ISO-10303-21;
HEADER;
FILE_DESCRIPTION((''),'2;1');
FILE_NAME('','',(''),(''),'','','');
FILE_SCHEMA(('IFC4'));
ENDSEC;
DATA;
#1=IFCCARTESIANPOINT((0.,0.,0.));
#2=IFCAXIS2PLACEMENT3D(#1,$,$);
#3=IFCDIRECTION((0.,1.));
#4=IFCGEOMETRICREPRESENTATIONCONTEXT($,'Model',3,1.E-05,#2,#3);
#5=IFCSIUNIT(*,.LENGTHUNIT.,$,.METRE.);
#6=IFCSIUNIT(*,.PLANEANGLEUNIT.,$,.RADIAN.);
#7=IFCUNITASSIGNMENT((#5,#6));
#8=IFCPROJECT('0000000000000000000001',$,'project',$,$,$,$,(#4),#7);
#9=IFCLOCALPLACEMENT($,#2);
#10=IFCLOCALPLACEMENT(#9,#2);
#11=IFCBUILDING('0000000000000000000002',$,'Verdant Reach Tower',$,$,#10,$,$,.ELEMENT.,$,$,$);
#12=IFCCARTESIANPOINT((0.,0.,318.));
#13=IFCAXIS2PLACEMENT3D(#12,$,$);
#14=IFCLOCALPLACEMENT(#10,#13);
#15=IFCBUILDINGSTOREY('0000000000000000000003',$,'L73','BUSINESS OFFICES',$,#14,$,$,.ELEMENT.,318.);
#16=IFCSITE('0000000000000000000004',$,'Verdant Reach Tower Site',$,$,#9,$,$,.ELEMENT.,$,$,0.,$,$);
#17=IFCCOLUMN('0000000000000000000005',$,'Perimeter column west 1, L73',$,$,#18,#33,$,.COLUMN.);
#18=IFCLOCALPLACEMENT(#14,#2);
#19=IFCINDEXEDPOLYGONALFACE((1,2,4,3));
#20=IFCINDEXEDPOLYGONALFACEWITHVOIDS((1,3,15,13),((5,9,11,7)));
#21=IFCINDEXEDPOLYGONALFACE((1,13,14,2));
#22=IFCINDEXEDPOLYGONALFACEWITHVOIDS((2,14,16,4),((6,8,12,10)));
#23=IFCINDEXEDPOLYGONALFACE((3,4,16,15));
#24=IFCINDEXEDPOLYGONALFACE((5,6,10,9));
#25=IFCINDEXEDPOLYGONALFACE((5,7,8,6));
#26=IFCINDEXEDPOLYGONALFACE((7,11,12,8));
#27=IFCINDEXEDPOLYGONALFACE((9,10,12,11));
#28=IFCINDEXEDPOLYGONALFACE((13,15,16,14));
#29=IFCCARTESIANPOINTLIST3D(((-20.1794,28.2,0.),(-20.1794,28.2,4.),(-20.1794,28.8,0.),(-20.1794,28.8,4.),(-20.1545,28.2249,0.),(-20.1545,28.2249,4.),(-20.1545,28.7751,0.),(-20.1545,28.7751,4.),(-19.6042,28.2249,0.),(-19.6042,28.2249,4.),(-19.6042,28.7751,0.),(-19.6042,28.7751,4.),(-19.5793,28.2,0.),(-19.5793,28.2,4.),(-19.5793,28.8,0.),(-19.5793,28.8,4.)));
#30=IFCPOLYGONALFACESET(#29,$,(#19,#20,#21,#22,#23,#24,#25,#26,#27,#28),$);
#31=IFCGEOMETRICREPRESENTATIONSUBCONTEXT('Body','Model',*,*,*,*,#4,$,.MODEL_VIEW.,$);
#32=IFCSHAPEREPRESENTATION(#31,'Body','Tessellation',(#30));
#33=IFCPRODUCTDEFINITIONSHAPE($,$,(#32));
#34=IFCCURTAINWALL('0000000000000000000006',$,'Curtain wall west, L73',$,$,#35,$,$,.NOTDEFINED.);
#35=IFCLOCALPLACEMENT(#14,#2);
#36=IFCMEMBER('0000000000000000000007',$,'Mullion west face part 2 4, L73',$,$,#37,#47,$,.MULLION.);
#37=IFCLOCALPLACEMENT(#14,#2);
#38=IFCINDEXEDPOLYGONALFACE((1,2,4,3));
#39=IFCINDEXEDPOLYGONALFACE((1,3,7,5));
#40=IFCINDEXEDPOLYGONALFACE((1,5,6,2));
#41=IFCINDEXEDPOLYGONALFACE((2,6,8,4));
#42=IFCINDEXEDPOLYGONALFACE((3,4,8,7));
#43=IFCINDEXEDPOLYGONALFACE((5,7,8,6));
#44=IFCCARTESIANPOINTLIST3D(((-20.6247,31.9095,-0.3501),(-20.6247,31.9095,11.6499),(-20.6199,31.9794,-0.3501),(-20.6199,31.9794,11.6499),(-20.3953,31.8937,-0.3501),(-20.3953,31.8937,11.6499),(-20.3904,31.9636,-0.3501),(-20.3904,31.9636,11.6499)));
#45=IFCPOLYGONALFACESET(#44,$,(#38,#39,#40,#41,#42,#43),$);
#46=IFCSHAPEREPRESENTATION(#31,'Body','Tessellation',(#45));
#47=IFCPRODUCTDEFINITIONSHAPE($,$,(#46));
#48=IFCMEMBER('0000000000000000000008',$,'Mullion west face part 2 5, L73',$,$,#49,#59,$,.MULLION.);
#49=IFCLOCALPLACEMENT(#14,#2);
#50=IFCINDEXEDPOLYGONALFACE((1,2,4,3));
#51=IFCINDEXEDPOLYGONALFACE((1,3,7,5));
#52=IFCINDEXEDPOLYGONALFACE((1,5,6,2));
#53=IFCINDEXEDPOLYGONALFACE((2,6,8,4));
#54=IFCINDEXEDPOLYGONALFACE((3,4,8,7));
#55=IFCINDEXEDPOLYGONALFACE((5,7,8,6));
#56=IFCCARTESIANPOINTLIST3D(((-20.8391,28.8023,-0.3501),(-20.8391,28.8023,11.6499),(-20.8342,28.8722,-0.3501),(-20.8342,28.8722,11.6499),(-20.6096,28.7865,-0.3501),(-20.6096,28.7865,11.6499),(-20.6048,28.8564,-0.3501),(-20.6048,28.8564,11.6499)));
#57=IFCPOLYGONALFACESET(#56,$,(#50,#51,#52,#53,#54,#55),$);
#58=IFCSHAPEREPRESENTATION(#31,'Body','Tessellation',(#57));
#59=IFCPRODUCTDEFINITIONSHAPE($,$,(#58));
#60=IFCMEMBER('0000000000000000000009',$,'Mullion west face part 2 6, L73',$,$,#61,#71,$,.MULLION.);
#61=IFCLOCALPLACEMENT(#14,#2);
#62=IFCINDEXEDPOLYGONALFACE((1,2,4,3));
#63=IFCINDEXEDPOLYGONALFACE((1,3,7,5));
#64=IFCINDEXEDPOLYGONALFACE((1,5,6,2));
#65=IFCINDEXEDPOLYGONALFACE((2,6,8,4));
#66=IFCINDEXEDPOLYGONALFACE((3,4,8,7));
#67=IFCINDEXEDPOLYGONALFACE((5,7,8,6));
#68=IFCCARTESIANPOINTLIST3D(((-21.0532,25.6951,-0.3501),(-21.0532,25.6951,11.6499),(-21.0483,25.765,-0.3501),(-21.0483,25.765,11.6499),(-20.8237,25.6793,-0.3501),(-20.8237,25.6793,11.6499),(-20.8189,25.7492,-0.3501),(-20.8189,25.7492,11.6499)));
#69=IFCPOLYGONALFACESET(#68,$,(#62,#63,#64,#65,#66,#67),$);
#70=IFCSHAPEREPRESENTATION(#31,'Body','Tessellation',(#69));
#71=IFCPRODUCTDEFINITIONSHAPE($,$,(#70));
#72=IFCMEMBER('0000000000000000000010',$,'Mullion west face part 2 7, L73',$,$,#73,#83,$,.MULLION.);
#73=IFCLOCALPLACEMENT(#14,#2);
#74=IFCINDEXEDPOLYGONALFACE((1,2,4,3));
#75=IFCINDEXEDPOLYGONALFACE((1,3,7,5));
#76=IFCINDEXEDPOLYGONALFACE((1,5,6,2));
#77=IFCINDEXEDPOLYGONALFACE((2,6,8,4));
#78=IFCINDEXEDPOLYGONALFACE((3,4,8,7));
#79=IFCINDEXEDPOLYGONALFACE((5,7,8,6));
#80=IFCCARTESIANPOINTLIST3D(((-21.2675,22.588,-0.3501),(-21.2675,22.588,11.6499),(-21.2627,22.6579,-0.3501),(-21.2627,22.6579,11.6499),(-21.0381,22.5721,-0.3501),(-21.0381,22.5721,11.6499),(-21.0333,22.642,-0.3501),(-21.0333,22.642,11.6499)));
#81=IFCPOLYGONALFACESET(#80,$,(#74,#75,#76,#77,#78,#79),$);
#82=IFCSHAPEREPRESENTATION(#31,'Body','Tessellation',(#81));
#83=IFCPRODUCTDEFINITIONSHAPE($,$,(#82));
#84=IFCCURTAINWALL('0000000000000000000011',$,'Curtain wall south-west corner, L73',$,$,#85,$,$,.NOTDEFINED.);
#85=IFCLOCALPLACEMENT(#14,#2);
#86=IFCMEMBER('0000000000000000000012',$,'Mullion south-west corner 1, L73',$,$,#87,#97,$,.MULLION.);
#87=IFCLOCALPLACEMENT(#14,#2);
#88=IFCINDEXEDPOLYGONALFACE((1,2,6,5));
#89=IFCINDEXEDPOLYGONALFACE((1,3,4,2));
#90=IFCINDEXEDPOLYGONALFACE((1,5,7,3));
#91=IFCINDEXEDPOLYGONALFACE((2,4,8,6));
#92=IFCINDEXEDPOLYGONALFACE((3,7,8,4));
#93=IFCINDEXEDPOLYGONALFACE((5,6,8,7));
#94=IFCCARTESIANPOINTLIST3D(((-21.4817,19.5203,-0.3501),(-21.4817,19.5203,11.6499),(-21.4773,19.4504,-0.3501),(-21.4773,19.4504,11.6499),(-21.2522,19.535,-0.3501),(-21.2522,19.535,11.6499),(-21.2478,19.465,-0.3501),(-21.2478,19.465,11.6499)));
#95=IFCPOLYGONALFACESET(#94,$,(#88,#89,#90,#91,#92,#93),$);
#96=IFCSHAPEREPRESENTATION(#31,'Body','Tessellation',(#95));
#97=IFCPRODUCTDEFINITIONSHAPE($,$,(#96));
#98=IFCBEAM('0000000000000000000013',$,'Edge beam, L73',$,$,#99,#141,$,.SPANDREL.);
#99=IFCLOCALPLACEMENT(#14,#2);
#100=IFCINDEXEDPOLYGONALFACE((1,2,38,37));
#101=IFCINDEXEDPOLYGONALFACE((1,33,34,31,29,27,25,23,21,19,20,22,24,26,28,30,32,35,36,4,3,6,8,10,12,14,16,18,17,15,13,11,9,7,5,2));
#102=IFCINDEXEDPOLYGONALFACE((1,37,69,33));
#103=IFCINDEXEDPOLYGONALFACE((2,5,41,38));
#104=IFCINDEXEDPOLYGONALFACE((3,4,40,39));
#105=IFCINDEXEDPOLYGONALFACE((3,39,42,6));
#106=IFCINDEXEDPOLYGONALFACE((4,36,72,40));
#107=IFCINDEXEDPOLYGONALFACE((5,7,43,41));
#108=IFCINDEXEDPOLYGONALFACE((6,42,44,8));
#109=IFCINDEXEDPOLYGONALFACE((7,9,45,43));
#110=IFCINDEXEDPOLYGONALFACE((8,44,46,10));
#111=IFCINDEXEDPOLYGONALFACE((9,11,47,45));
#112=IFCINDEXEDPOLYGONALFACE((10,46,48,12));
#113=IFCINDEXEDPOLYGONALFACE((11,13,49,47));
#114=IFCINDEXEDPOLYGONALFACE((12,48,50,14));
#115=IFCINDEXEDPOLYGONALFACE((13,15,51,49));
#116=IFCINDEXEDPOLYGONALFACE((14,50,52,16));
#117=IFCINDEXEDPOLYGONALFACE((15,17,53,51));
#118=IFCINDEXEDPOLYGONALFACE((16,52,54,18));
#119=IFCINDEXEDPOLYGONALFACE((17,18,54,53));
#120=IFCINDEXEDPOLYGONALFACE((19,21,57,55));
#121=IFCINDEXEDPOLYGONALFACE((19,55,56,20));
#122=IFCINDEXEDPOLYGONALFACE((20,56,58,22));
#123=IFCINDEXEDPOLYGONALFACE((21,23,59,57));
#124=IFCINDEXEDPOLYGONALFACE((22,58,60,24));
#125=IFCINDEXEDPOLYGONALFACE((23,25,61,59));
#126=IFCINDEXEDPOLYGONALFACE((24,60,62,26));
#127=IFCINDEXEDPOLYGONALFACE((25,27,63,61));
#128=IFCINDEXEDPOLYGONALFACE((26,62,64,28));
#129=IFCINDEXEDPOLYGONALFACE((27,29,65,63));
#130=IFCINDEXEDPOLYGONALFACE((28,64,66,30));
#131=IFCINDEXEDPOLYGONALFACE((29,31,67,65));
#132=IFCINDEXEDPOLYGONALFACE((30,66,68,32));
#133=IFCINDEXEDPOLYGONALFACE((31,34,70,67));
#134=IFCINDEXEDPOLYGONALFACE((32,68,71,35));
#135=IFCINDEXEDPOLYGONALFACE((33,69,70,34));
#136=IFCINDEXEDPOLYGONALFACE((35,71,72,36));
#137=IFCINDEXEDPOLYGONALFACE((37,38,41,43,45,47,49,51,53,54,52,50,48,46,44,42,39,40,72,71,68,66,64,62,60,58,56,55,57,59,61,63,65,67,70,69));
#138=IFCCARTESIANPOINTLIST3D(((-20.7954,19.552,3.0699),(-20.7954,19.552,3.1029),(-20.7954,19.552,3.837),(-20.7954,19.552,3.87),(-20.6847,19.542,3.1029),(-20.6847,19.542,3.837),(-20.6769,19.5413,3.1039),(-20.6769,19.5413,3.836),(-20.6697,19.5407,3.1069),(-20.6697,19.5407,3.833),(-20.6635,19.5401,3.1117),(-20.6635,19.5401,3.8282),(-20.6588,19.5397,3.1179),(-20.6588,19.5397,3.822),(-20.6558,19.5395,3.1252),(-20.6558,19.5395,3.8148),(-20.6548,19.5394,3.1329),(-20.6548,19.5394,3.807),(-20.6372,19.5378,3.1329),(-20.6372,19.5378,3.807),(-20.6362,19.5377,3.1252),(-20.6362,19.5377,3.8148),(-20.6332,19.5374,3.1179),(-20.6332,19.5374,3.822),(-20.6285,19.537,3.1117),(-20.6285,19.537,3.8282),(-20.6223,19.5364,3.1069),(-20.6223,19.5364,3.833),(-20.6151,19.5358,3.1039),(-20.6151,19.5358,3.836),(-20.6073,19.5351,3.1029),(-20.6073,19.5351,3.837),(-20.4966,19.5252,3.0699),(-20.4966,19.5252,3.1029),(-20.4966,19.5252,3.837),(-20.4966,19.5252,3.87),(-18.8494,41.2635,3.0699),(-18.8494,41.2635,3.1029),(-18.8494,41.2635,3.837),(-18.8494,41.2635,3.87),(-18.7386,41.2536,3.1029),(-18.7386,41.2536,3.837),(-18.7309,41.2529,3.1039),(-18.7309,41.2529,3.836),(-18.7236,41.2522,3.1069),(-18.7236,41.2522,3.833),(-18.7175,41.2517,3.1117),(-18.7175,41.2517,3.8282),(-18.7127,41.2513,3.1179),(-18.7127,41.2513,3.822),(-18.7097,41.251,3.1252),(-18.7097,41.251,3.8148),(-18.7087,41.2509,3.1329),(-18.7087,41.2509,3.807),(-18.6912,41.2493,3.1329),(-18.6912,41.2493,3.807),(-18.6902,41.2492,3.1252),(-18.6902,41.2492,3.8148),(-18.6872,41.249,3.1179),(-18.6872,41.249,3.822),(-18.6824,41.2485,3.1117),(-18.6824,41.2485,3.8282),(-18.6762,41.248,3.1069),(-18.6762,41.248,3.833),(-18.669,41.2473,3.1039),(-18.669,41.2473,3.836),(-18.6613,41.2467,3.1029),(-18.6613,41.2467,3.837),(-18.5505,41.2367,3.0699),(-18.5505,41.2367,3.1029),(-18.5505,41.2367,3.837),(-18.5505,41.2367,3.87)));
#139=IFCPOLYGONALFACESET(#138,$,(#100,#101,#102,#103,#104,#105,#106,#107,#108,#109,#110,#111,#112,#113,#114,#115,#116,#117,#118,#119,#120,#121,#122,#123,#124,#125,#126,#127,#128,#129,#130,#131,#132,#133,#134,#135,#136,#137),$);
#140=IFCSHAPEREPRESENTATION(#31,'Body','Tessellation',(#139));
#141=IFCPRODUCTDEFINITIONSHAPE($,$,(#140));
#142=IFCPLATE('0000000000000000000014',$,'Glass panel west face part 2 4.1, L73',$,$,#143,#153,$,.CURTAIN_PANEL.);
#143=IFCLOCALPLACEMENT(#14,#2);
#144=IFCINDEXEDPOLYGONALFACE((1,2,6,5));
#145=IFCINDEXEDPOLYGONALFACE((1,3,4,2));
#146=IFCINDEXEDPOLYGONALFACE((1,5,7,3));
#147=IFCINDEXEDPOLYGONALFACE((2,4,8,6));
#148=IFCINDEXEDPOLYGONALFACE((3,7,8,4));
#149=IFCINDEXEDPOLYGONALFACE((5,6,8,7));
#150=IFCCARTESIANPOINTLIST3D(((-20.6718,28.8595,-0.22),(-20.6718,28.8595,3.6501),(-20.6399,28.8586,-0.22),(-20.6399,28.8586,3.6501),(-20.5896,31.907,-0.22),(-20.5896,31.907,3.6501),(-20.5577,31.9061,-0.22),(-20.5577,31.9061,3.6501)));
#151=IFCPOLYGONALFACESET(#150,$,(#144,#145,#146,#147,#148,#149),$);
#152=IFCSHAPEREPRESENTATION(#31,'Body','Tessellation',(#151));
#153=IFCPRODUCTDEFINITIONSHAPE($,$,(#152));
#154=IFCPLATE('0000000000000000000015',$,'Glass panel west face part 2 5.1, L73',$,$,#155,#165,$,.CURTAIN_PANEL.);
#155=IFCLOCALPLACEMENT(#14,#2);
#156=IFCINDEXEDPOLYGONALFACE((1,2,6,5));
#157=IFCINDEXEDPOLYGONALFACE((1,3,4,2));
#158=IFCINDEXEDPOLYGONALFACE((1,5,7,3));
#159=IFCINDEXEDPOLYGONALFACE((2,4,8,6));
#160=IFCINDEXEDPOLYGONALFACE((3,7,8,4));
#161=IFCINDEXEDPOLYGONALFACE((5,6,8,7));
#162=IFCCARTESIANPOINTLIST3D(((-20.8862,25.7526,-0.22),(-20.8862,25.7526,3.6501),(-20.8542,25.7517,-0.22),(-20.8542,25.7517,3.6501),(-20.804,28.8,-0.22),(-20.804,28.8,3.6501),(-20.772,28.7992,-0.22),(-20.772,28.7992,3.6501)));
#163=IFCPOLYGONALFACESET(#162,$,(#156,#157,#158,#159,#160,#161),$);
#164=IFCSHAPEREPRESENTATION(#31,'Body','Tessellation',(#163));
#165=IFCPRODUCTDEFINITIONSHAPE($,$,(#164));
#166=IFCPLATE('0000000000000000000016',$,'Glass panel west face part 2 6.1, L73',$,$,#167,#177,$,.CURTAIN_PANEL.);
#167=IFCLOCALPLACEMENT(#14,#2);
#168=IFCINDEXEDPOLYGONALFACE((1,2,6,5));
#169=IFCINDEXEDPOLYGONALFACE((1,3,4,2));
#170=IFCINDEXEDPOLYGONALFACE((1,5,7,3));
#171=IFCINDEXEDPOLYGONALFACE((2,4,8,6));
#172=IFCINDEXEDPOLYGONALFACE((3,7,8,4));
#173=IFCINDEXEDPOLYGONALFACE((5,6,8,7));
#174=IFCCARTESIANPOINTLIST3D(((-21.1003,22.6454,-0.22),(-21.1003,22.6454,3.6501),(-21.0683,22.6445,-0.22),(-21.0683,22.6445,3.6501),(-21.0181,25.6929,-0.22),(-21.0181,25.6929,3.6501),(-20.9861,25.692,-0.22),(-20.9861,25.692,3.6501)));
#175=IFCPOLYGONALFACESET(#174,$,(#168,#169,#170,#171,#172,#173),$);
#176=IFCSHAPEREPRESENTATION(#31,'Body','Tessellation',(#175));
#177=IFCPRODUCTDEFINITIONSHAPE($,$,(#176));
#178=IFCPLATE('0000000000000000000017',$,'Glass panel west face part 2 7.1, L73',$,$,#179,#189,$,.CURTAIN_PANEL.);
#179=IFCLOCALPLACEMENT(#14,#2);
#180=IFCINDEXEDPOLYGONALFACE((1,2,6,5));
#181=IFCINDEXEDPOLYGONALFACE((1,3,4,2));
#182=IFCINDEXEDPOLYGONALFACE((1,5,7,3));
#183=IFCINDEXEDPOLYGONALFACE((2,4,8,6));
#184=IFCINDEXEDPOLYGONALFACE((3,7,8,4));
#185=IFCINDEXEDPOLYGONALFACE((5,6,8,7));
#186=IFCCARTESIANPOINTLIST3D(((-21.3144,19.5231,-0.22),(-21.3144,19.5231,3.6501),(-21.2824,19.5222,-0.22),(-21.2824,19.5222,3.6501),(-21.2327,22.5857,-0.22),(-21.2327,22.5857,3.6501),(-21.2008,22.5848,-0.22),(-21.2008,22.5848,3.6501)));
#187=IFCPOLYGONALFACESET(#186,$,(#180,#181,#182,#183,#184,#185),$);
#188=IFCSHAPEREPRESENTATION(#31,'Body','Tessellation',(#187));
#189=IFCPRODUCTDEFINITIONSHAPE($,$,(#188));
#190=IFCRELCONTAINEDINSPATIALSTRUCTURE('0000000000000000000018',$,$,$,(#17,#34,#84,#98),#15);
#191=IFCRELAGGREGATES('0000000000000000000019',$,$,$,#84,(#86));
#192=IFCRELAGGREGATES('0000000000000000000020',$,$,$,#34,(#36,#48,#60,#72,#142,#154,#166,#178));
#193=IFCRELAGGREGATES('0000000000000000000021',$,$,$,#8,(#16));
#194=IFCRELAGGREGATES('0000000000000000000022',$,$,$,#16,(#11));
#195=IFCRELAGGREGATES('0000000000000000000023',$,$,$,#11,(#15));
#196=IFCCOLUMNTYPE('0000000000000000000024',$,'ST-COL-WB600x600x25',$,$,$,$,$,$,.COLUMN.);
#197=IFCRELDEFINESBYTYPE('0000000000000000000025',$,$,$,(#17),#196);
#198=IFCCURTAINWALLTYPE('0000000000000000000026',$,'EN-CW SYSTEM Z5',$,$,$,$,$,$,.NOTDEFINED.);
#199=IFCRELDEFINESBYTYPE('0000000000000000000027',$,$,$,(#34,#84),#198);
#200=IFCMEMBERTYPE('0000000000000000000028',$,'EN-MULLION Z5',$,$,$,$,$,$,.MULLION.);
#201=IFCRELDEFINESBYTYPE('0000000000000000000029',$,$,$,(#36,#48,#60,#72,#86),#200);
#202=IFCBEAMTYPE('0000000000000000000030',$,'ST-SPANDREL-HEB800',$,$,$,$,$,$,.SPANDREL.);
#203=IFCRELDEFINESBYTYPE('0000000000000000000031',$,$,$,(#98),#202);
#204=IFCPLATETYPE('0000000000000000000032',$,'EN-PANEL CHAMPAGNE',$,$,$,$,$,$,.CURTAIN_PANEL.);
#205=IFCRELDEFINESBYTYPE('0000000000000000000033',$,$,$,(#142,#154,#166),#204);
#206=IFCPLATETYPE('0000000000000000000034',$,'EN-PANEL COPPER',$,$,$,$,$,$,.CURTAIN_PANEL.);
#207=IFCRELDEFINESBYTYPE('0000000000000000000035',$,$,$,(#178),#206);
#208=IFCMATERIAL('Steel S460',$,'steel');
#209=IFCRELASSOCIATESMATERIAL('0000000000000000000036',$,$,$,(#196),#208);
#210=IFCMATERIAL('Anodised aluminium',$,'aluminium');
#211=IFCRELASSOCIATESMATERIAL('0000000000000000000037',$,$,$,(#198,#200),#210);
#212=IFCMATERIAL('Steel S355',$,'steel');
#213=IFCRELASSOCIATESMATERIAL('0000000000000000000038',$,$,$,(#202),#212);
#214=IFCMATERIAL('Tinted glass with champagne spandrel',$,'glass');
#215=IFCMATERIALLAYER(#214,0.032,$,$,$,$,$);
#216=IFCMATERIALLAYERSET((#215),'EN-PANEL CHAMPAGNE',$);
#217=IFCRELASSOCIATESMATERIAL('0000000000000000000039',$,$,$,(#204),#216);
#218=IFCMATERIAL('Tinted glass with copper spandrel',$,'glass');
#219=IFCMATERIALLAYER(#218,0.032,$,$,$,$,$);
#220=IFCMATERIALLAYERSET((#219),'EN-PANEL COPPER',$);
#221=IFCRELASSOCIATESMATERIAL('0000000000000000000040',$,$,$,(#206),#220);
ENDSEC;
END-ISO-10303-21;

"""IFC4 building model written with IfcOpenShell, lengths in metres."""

from ifc_helpers import new_model, si_unit, direction, frame, origin, origin_2d, place, context, subcontext, project, spatial, rectangle, hollow_rectangle, i_section, extrude, material, layer, layer_set, material_profile, profile_set, type_object, element, aggregate, save


model = new_model("IFC4")

# Units and contexts
model_context = context("Model", 3, precision=1e-05, world=origin(), true_north=direction((0.0, 1.0)))
body_context = subcontext(model_context, "Body", "Model", "MODEL_VIEW")
ifc_project = project(units=[si_unit("LENGTHUNIT", "METRE"), si_unit("PLANEANGLEUNIT", "RADIAN")], contexts=[model_context])

# Site, building, storey
site_placement = place(None, origin())
site = spatial("IfcSite", under=ifc_project, at=site_placement, Name="Verdant Reach Tower Site", CompositionType="ELEMENT", RefElevation=0.0)
building_placement = place(site_placement, origin())
building = spatial("IfcBuilding", under=site, at=building_placement, Name="Verdant Reach Tower", CompositionType="ELEMENT")
storey_placement = place(building_placement, frame((0.0, 0.0, 318.0)))
storey = spatial("IfcBuildingStorey", under=building, at=storey_placement, Name="L73", Description="BUSINESS OFFICES", CompositionType="ELEMENT", Elevation=318.0)

# Column
ifc_material_1 = material(Name="Steel S460", Category="steel")
ifc_material_profile_1 = material_profile(ifc_material_1, hollow_rectangle(XDim=0.6001, YDim=0.6001, WallThickness=0.0249, at=origin_2d()), Name="WB 600x600x25")
ifc_profile_set_1 = profile_set([ifc_material_profile_1], Name="Steel S460")
column_type = type_object("IfcColumnType", Name="ST-COL-WB600x600x25", PredefinedType="COLUMN", material=ifc_profile_set_1)
column_placement = place(storey_placement, frame((-19.8794, 28.5, 0.0), z_axis=(0.0, 0.0, 1.0), x_axis=(1.0, 0.0, 0.0)))
element("IfcColumn", 1, at=column_placement, inside=storey, type_object=column_type, Name="Perimeter column west 1, L73", PredefinedType="COLUMN", context=body_context, shape_type="SweptSolid", body=[
    extrude(hollow_rectangle(XDim=0.6001, YDim=0.6001, WallThickness=0.0249, at=origin_2d()), origin(), (0.0, 0.0, 1.0), 4.0),
])

# Curtain wall, members
ifc_material_2 = material(Name="Anodised aluminium", Category="aluminium")
curtain_wall_type = type_object("IfcCurtainWallType", Name="EN-CW SYSTEM Z5", PredefinedType="NOTDEFINED", material=ifc_material_2)
curtain_wall_1_placement = place(storey_placement, origin())
curtain_wall_1 = element("IfcCurtainWall", 2, at=curtain_wall_1_placement, inside=storey, type_object=curtain_wall_type, Name="Curtain wall west, L73", PredefinedType="NOTDEFINED")
ifc_material_profile_2 = material_profile(ifc_material_2, rectangle(XDim=0.23, YDim=0.0701, at=origin_2d()), Name="Mullion 70x230")
ifc_profile_set_2 = profile_set([ifc_material_profile_2], Name="Anodised aluminium")
member_type = type_object("IfcMemberType", Name="EN-MULLION Z5", PredefinedType="MULLION", material=ifc_profile_set_2)
member_1_placement = place(storey_placement, frame((-20.5076, 31.9365, -0.3501), z_axis=(0.0, 0.0, 1.0), x_axis=(-0.99763, 0.068802, 0.0)))
member_1 = element("IfcMember", 3, at=member_1_placement, type_object=member_type, Name="Mullion west face part 2 4, L73", PredefinedType="MULLION", context=body_context, shape_type="SweptSolid", body=[
    extrude(rectangle(XDim=0.23, YDim=0.0701, at=origin_2d()), origin(), (0.0, 0.0, 1.0), 12.0),
])
member_2_placement = place(storey_placement, frame((-20.7219, 28.8293, -0.3501), z_axis=(0.0, 0.0, 1.0), x_axis=(-0.99763, 0.068802, 0.0)))
member_2 = element("IfcMember", 4, at=member_2_placement, type_object=member_type, Name="Mullion west face part 2 5, L73", PredefinedType="MULLION", context=body_context, shape_type="SweptSolid", body=[
    extrude(rectangle(XDim=0.23, YDim=0.0701, at=origin_2d()), origin(), (0.0, 0.0, 1.0), 12.0),
])
member_3_placement = place(storey_placement, frame((-20.936, 25.7222, -0.3501), z_axis=(0.0, 0.0, 1.0), x_axis=(-0.99763, 0.068802, 0.0)))
member_3 = element("IfcMember", 5, at=member_3_placement, type_object=member_type, Name="Mullion west face part 2 6, L73", PredefinedType="MULLION", context=body_context, shape_type="SweptSolid", body=[
    extrude(rectangle(XDim=0.23, YDim=0.0701, at=origin_2d()), origin(), (0.0, 0.0, 1.0), 12.0),
])
member_4_placement = place(storey_placement, frame((-21.1504, 22.615, -0.3501), z_axis=(0.0, 0.0, 1.0), x_axis=(-0.99763, 0.068802, 0.0)))
member_4 = element("IfcMember", 6, at=member_4_placement, type_object=member_type, Name="Mullion west face part 2 7, L73", PredefinedType="MULLION", context=body_context, shape_type="SweptSolid", body=[
    extrude(rectangle(XDim=0.23, YDim=0.0701, at=origin_2d()), origin(), (0.0, 0.0, 1.0), 12.0),
])

# Curtain wall, member
curtain_wall_2_placement = place(storey_placement, origin())
curtain_wall_2 = element("IfcCurtainWall", 7, at=curtain_wall_2_placement, inside=storey, type_object=curtain_wall_type, Name="Curtain wall south-west corner, L73", PredefinedType="NOTDEFINED")
member_5_placement = place(storey_placement, frame((-21.3647, 19.4927, -0.3501), z_axis=(0.0, 0.0, 1.0), x_axis=(-0.997969, -0.063699, 0.0)))
member_5 = element("IfcMember", 8, at=member_5_placement, type_object=member_type, Name="Mullion south-west corner 1, L73", PredefinedType="MULLION", context=body_context, shape_type="SweptSolid", body=[
    extrude(rectangle(XDim=0.23, YDim=0.0701, at=origin_2d()), origin(), (0.0, 0.0, 1.0), 12.0),
])
aggregate(curtain_wall_2, [member_5])

# Beam
ifc_material_3 = material(Name="Steel S355", Category="steel")
ifc_material_profile_3 = material_profile(ifc_material_3, i_section(OverallWidth=0.3, OverallDepth=0.8, WebThickness=0.0176, FlangeThickness=0.033, FilletRadius=0.03, at=origin_2d()), Name="HEB 800")
ifc_profile_set_3 = profile_set([ifc_material_profile_3], Name="Steel S355")
beam_type = type_object("IfcBeamType", Name="ST-SPANDREL-HEB800", PredefinedType="SPANDREL", material=ifc_profile_set_3)
beam_placement = place(storey_placement, frame((-20.646, 19.5386, 3.47), z_axis=(0.089274, 0.996007, 0.0), x_axis=(-0.996007, 0.089274, 0.0)))
element("IfcBeam", 9, at=beam_placement, inside=storey, type_object=beam_type, Name="Edge beam, L73", PredefinedType="SPANDREL", context=body_context, shape_type="SweptSolid", body=[
    extrude(i_section(OverallWidth=0.3, OverallDepth=0.8, WebThickness=0.0176, FlangeThickness=0.033, FilletRadius=0.03, at=origin_2d()), origin(), (0.0, 0.0, 1.0), 21.7986),
])

# Plates
ifc_material_4 = material(Name="Tinted glass with champagne spandrel", Category="glass")
ifc_layer_1 = layer(ifc_material_4, 0.032)
ifc_layer_set_1 = layer_set([ifc_layer_1], Name="EN-PANEL CHAMPAGNE")
plate_type_1 = type_object("IfcPlateType", Name="EN-PANEL CHAMPAGNE", PredefinedType="CURTAIN_PANEL", material=ifc_layer_set_1)
plate_1_placement = place(storey_placement, frame((-20.6147, 30.3828, -0.22), z_axis=(0.0, 0.0, 1.0), x_axis=(-0.026965, -0.999636, 0.0)))
plate_1 = element("IfcPlate", 10, at=plate_1_placement, type_object=plate_type_1, Name="Glass panel west face part 2 4.1, L73", PredefinedType="CURTAIN_PANEL", context=body_context, shape_type="SweptSolid", body=[
    extrude(rectangle(XDim=3.0486, YDim=0.032, at=origin_2d()), origin(), (0.0, 0.0, 1.0), 3.8701),
])
plate_2_placement = place(storey_placement, frame((-20.8291, 27.2759, -0.22), z_axis=(0.0, 0.0, 1.0), x_axis=(-0.026965, -0.999636, 0.0)))
plate_2 = element("IfcPlate", 11, at=plate_2_placement, type_object=plate_type_1, Name="Glass panel west face part 2 5.1, L73", PredefinedType="CURTAIN_PANEL", context=body_context, shape_type="SweptSolid", body=[
    extrude(rectangle(XDim=3.0486, YDim=0.032, at=origin_2d()), origin(), (0.0, 0.0, 1.0), 3.8701),
])
plate_3_placement = place(storey_placement, frame((-21.0432, 24.1687, -0.22), z_axis=(0.0, 0.0, 1.0), x_axis=(-0.026965, -0.999636, 0.0)))
plate_3 = element("IfcPlate", 12, at=plate_3_placement, type_object=plate_type_1, Name="Glass panel west face part 2 6.1, L73", PredefinedType="CURTAIN_PANEL", context=body_context, shape_type="SweptSolid", body=[
    extrude(rectangle(XDim=3.0486, YDim=0.032, at=origin_2d()), origin(), (0.0, 0.0, 1.0), 3.8701),
])
ifc_material_5 = material(Name="Tinted glass with copper spandrel", Category="glass")
ifc_layer_2 = layer(ifc_material_5, 0.032)
ifc_layer_set_2 = layer_set([ifc_layer_2], Name="EN-PANEL COPPER")
plate_type_2 = type_object("IfcPlateType", Name="EN-PANEL COPPER", PredefinedType="CURTAIN_PANEL", material=ifc_layer_set_2)
plate_4_placement = place(storey_placement, frame((-21.2576, 21.054, -0.22), z_axis=(0.0, 0.0, 1.0), x_axis=(-0.026643, -0.999645, 0.0)))
plate_4 = element("IfcPlate", 13, at=plate_4_placement, type_object=plate_type_2, Name="Glass panel west face part 2 7.1, L73", PredefinedType="CURTAIN_PANEL", context=body_context, shape_type="SweptSolid", body=[
    extrude(rectangle(XDim=3.0637, YDim=0.032, at=origin_2d()), origin(), (0.0, 0.0, 1.0), 3.8701),
])
aggregate(curtain_wall_1, [member_1, member_2, member_3, member_4, plate_1, plate_2, plate_3, plate_4])

save(model, "model.ifc")
